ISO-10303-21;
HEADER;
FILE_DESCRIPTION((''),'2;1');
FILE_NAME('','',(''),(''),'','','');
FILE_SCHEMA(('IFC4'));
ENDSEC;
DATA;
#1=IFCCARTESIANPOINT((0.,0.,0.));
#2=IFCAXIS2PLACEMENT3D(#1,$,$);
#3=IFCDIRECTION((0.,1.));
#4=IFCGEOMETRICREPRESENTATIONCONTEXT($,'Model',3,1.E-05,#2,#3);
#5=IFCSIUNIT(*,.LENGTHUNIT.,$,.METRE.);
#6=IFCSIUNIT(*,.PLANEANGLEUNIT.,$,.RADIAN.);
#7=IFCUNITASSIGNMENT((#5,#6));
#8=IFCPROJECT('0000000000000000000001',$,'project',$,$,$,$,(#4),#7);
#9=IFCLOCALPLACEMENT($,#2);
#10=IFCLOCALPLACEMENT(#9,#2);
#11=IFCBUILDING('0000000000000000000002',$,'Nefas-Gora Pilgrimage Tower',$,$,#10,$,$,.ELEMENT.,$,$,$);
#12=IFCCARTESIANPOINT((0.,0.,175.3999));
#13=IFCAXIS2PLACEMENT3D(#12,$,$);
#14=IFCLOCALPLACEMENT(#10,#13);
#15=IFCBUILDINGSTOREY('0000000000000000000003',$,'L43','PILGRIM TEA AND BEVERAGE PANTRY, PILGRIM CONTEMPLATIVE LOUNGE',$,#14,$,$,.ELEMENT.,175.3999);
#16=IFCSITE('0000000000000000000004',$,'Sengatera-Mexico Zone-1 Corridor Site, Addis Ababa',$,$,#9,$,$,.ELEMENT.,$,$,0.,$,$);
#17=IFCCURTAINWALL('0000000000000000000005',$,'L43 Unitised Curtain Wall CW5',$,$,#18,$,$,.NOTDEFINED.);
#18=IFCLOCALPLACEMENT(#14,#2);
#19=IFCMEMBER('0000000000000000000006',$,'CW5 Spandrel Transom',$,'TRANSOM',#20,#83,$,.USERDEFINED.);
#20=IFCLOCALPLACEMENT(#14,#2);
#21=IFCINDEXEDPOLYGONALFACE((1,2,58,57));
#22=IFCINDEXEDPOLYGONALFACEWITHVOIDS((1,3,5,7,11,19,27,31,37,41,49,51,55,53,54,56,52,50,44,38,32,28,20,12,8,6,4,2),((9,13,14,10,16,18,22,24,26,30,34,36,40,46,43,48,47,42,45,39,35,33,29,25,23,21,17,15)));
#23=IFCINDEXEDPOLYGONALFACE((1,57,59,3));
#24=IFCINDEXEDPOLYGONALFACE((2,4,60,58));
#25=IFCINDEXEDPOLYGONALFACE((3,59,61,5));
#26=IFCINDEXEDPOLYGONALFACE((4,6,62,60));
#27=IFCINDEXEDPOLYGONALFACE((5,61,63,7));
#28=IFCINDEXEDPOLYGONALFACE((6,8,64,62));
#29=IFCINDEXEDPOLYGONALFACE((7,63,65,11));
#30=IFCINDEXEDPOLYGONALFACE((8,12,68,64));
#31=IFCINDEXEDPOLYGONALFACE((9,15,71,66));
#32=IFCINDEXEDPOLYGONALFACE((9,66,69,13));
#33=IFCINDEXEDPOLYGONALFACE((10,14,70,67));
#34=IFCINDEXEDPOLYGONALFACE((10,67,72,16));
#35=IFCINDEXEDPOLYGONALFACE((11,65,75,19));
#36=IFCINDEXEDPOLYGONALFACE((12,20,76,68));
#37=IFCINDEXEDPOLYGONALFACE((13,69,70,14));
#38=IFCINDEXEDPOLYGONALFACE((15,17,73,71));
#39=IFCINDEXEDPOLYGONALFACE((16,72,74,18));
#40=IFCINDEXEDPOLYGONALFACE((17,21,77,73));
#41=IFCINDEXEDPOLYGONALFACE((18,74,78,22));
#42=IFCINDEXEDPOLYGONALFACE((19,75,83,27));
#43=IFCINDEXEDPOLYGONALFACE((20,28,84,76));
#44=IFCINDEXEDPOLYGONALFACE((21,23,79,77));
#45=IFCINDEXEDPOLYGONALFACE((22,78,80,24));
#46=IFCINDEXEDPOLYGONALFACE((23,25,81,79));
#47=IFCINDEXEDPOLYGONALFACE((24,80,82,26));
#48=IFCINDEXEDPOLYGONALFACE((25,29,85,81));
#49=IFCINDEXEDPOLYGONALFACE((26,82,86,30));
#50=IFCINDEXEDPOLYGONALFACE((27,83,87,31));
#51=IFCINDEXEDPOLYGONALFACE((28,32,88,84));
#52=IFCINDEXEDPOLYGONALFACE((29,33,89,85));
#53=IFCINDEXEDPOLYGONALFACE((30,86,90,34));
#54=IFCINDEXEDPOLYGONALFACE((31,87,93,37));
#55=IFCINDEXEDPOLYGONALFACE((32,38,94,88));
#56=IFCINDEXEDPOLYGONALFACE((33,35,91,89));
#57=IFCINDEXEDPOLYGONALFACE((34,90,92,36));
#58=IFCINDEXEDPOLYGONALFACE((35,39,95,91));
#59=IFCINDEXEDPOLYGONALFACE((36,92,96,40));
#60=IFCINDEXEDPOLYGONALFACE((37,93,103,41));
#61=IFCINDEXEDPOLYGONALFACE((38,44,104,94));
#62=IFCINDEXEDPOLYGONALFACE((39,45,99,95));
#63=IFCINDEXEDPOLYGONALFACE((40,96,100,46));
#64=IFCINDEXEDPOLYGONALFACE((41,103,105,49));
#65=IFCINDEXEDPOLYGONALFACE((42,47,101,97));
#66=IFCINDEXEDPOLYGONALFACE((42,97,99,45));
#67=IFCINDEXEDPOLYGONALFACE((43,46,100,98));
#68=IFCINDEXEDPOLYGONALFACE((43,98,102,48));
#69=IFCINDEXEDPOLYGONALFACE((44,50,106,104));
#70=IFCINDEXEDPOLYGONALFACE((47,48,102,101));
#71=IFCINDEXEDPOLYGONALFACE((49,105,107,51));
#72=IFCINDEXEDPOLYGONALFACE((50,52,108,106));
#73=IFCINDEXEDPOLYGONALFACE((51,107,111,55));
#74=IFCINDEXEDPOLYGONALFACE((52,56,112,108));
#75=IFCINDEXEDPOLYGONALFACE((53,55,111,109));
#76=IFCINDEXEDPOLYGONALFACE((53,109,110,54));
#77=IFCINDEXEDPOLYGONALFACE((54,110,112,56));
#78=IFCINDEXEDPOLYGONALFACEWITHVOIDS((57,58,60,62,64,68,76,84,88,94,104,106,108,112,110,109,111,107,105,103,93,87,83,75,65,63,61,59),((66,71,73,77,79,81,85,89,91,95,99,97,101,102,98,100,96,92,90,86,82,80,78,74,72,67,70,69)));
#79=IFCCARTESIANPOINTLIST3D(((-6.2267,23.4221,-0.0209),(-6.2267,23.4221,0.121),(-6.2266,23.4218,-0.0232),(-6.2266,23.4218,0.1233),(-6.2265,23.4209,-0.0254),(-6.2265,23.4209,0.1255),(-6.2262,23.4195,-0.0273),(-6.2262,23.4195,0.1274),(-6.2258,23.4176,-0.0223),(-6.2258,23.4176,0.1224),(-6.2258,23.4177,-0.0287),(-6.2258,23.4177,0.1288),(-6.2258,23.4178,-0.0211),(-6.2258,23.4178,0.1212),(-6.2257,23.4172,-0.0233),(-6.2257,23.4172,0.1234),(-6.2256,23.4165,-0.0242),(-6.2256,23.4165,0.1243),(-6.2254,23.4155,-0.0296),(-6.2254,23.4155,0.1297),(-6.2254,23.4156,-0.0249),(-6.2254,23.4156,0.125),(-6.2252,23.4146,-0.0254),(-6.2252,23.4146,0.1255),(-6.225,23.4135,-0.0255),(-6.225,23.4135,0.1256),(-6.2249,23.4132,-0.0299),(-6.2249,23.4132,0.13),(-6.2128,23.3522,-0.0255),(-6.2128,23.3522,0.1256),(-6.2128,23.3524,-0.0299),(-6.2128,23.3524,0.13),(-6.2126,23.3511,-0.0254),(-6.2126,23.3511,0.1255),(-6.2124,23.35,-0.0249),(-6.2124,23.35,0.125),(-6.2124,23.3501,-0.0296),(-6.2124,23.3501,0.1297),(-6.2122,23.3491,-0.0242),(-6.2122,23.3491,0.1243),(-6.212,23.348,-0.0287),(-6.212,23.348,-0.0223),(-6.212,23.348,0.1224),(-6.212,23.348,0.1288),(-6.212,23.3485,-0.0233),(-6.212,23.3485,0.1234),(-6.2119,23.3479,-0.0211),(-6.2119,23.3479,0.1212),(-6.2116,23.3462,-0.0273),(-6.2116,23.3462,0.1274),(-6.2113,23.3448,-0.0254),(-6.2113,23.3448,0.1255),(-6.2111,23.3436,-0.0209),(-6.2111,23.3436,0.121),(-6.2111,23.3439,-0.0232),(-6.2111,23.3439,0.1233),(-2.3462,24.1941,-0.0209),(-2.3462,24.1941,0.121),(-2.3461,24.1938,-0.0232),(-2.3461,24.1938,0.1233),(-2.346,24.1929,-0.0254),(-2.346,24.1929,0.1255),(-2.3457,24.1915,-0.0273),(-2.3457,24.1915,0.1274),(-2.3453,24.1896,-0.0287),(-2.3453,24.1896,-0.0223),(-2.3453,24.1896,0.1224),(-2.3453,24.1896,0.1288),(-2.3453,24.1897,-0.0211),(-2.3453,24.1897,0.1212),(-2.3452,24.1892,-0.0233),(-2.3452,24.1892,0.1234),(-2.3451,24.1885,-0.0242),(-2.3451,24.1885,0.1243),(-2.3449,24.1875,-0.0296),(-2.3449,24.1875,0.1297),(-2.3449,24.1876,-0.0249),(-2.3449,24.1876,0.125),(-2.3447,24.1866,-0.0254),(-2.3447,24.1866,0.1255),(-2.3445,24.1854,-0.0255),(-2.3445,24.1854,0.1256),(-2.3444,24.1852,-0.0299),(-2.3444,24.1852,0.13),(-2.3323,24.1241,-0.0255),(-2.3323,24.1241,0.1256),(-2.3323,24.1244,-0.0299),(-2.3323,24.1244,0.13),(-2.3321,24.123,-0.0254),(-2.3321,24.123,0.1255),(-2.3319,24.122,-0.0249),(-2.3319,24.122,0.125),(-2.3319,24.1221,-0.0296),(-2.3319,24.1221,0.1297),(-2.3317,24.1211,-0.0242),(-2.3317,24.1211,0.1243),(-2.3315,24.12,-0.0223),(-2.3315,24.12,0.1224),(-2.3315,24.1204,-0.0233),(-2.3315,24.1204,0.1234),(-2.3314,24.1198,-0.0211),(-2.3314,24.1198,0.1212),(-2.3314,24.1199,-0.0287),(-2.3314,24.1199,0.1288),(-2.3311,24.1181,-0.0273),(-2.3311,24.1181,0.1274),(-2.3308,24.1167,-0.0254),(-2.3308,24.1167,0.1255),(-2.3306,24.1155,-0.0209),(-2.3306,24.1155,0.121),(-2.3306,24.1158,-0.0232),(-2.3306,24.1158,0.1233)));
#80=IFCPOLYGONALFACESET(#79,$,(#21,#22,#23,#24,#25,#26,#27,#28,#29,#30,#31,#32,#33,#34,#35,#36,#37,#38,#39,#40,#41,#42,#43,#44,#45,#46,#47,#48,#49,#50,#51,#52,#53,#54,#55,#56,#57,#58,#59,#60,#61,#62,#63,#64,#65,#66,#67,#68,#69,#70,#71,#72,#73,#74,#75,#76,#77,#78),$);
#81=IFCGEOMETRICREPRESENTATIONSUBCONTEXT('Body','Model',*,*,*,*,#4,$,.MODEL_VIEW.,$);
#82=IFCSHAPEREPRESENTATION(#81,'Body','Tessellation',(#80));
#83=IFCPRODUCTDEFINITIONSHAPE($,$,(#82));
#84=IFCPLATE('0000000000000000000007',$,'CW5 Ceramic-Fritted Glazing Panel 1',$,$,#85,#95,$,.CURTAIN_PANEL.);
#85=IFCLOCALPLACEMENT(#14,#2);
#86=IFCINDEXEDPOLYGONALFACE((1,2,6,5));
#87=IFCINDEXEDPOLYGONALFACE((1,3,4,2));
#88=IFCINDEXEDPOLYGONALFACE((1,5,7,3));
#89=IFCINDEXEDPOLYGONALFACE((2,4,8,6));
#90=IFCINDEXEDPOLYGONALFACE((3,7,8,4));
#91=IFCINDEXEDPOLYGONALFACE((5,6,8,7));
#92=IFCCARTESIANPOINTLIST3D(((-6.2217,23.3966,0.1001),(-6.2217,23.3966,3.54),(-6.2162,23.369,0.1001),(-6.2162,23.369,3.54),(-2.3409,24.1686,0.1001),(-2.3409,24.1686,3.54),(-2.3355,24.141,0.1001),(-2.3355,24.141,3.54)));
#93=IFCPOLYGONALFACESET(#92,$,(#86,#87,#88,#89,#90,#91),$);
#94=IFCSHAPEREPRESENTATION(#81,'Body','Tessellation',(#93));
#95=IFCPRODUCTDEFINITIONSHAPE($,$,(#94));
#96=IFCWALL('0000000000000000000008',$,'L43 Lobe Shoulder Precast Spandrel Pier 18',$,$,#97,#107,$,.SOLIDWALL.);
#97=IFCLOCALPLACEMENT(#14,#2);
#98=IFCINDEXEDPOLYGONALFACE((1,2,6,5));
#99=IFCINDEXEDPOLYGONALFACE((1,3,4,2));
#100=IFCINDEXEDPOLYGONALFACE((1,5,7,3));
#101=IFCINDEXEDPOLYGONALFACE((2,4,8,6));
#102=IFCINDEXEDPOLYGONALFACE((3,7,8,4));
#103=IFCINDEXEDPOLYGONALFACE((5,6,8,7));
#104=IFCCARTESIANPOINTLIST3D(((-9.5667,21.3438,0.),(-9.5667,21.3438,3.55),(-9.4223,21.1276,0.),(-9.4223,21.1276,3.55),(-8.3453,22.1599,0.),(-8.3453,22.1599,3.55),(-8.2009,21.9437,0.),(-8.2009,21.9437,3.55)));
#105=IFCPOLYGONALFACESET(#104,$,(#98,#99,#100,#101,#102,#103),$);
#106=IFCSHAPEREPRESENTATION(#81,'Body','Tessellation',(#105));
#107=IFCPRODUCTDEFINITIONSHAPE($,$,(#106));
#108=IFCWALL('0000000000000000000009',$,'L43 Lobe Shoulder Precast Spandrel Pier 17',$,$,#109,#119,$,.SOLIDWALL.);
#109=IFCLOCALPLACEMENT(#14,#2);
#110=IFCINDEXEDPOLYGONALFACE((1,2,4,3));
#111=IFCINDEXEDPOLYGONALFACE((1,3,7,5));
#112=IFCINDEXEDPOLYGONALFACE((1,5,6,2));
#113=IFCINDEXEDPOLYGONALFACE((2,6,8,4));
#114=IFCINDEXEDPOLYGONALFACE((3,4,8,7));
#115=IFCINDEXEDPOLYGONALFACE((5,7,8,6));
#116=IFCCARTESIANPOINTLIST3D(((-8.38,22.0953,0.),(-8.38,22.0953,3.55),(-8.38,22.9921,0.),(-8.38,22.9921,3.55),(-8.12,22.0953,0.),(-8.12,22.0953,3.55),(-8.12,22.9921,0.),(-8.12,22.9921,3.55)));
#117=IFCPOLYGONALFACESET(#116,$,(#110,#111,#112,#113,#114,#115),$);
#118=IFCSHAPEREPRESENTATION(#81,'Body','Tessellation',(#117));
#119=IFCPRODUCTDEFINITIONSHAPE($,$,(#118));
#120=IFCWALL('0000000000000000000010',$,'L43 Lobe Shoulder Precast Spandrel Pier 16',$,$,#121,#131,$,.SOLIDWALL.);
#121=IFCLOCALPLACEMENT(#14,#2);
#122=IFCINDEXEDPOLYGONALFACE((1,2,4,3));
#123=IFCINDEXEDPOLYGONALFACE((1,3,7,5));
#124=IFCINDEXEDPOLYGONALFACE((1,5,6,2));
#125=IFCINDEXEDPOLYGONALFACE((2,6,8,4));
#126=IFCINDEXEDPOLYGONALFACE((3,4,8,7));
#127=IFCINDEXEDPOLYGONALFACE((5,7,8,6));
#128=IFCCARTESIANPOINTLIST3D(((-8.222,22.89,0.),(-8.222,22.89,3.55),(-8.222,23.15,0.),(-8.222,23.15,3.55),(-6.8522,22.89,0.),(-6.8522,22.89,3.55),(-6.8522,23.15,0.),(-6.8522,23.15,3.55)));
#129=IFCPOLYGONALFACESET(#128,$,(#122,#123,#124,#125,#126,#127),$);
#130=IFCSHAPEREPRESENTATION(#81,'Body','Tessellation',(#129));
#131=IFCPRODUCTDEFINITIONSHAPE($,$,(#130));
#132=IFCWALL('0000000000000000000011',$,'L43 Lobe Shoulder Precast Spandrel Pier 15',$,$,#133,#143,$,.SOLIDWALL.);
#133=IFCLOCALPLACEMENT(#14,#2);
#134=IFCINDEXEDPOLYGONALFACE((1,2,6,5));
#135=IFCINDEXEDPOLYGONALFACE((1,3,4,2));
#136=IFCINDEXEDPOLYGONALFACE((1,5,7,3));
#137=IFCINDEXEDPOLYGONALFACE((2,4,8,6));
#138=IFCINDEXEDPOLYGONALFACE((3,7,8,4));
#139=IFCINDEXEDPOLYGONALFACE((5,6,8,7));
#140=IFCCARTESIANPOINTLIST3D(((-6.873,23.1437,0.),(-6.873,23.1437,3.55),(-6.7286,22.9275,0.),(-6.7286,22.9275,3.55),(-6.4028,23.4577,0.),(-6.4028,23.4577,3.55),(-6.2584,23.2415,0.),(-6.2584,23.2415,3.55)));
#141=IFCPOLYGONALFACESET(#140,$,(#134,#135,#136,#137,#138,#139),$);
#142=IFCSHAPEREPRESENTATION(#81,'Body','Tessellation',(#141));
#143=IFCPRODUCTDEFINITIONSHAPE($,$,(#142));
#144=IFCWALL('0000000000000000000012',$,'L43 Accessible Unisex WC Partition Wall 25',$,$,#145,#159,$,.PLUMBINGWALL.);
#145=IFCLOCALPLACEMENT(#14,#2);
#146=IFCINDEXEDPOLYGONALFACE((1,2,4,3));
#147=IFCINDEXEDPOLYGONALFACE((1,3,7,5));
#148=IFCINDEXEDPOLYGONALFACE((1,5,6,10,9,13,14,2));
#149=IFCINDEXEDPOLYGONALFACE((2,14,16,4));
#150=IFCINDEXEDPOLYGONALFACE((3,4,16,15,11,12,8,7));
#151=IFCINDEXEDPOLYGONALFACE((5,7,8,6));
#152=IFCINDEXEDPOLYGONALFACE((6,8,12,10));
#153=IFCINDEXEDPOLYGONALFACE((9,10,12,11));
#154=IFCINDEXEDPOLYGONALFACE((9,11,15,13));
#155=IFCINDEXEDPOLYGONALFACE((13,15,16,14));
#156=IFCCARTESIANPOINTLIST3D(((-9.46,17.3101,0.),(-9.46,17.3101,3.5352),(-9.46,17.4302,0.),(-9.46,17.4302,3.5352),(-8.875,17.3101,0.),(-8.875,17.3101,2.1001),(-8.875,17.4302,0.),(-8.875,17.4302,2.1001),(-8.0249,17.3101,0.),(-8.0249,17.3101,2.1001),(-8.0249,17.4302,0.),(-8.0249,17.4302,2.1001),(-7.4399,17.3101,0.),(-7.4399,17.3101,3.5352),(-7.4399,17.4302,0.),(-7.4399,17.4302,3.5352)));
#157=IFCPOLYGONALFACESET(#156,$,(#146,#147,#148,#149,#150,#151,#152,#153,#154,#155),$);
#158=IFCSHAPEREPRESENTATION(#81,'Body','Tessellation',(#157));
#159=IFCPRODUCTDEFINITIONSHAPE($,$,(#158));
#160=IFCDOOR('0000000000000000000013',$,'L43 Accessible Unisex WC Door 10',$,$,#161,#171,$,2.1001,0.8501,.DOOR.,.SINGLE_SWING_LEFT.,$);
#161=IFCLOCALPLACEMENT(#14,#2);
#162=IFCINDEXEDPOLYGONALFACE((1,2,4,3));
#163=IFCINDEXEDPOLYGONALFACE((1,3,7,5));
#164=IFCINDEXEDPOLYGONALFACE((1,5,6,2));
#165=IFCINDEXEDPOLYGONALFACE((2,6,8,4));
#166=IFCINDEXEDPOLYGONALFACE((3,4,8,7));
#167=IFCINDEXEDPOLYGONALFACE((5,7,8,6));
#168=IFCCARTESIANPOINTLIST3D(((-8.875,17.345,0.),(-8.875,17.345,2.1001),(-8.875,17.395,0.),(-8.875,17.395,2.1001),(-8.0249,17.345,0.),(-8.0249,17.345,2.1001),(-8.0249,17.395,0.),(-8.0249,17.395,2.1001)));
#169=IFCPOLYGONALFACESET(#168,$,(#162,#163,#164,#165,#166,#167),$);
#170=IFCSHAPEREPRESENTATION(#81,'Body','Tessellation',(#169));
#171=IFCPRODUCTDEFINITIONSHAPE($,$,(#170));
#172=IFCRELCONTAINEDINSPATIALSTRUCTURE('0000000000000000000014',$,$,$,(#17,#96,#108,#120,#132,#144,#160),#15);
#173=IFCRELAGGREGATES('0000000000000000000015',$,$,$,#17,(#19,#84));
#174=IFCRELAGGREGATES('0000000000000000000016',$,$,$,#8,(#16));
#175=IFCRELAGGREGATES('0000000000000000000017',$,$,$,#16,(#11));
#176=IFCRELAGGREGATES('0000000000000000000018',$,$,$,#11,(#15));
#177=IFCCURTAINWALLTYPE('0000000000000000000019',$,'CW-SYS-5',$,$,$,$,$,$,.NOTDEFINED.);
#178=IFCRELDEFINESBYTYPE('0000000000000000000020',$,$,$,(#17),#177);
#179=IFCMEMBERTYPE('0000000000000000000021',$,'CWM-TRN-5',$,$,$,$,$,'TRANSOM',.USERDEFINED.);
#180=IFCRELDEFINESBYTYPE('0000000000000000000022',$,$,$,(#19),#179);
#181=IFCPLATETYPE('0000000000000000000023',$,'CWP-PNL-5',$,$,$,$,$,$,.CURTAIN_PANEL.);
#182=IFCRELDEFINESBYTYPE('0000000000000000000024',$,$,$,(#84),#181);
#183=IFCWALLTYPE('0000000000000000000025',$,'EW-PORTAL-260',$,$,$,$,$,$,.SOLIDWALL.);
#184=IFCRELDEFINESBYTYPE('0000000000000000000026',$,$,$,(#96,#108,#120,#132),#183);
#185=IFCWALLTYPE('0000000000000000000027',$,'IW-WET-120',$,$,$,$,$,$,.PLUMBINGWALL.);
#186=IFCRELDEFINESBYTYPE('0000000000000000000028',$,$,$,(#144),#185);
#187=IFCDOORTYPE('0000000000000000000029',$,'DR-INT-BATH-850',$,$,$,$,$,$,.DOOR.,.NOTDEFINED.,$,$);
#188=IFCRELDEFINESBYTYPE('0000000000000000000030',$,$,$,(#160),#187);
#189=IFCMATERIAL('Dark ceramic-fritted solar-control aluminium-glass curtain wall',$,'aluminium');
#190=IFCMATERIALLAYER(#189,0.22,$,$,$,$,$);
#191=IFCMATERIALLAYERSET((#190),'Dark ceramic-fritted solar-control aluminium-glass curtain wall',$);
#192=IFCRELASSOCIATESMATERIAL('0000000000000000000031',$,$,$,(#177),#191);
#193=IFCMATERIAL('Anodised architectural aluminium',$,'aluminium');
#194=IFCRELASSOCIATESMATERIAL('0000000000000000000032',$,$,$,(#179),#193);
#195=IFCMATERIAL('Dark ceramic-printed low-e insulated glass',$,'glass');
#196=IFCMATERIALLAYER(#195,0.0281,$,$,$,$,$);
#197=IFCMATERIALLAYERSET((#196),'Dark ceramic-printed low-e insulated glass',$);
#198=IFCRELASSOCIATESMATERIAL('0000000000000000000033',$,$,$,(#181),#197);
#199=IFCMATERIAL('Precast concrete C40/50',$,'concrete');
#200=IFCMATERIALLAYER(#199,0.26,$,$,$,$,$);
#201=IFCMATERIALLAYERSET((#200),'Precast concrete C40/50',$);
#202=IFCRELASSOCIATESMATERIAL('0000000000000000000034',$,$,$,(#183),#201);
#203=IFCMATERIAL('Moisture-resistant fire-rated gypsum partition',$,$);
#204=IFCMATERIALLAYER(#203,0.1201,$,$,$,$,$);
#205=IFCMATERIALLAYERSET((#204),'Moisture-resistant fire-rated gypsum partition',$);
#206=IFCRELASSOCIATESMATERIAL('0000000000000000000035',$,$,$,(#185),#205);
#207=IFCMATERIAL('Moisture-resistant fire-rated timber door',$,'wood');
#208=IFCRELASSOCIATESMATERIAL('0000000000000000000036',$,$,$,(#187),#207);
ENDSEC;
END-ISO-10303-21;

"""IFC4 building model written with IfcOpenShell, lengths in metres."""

from ifc_helpers import new_model, si_unit, direction, frame, frame_2d, origin, origin_2d, place, context, subcontext, project, spatial, rectangle, hollow_rectangle, extrude, source, transform, mapped, material, layer, layer_set, material_profile, profile_set, type_object, element, fill, aggregate, save


model = new_model("IFC4")

# Units and contexts
model_context = context("Model", 3, precision=1e-05, world=origin(), true_north=direction((0.0, 1.0)))
body_context = subcontext(model_context, "Body", "Model", "MODEL_VIEW")
ifc_project = project(units=[si_unit("LENGTHUNIT", "METRE"), si_unit("PLANEANGLEUNIT", "RADIAN")], contexts=[model_context])

# Site, building, storey
site_placement = place(None, origin())
site = spatial("IfcSite", under=ifc_project, at=site_placement, Name="Sengatera-Mexico Zone-1 Corridor Site, Addis Ababa", CompositionType="ELEMENT", RefElevation=0.0)
building_placement = place(site_placement, origin())
building = spatial("IfcBuilding", under=site, at=building_placement, Name="Nefas-Gora Pilgrimage Tower", CompositionType="ELEMENT")
storey_placement = place(building_placement, frame((0.0, 0.0, 175.3999)))
storey = spatial("IfcBuildingStorey", under=building, at=storey_placement, Name="L43", Description="PILGRIM TEA AND BEVERAGE PANTRY, PILGRIM CONTEMPLATIVE LOUNGE", CompositionType="ELEMENT", Elevation=175.3999)

# Shared definitions
ifc_material_1 = material(Name="Dark ceramic-fritted solar-control aluminium-glass curtain wall", Category="aluminium")
ifc_layer_1 = layer(ifc_material_1, 0.22)
ifc_layer_set_1 = layer_set([ifc_layer_1], Name="Dark ceramic-fritted solar-control aluminium-glass curtain wall")
curtain_wall_type = type_object("IfcCurtainWallType", Name="CW-SYS-5", PredefinedType="NOTDEFINED", material=ifc_layer_set_1)
ifc_material_2 = material(Name="Anodised architectural aluminium", Category="aluminium")

# Curtain wall
curtain_wall_1_placement = place(storey_placement, origin())
curtain_wall_1 = element("IfcCurtainWall", 1, at=curtain_wall_1_placement, inside=storey, type_object=curtain_wall_type, Name="L43 Unitised Curtain Wall CW5", PredefinedType="NOTDEFINED")
ifc_material_profile_1 = material_profile(ifc_material_2, hollow_rectangle(XDim=0.0801, YDim=0.1599, WallThickness=0.0044, InnerFilletRadius=0.0044, OuterFilletRadius=0.009, at=origin_2d()), Name="ALU TRANSOM 80x160")
ifc_profile_set_1 = profile_set([ifc_material_profile_1], Name="Anodised architectural aluminium")
member_type_1 = type_object("IfcMemberType", Name="CWM-TRN-5", ElementType="TRANSOM", PredefinedType="USERDEFINED", material=ifc_profile_set_1)

# Member
shared_shape_1 = source(origin(), body_context, "Body", "SweptSolid", [
    extrude(hollow_rectangle(XDim=0.0801, YDim=0.1599, WallThickness=0.0044, InnerFilletRadius=0.0044, OuterFilletRadius=0.009, at=origin_2d()), origin(), (0.0, 0.0, 1.0), 3.9565),
])
member_1_placement = place(storey_placement, frame((-2.3384, 24.1548, 0.05), z_axis=(-0.980782, -0.195107, 0.0), x_axis=(0.195107, -0.980782, 0.0)))
member_1 = element("IfcMember", 2, at=member_1_placement, type_object=member_type_1, Name="CW5 Spandrel Transom", ObjectType="TRANSOM", PredefinedType="USERDEFINED", context=body_context, shape_type="MappedRepresentation", body=[
    mapped(shared_shape_1, transform((0.0, 0.0, 0.0), x_axis=(1.0, 0.0, 0.0), y_axis=(0.0, 1.0, 0.0), z_axis=(0.0, 0.0, 1.0), scale=1.0)),
])

# Plate
ifc_material_3 = material(Name="Dark ceramic-printed low-e insulated glass", Category="glass")
ifc_layer_2 = layer(ifc_material_3, 0.0281)
ifc_layer_set_2 = layer_set([ifc_layer_2], Name="Dark ceramic-printed low-e insulated glass")
plate_type = type_object("IfcPlateType", Name="CWP-PNL-5", PredefinedType="CURTAIN_PANEL", material=ifc_layer_set_2)
shared_shape_2 = source(origin(), body_context, "Body", "SweptSolid", [
    extrude(rectangle(XDim=3.9568, YDim=0.0281, at=origin_2d()), origin(), (0.0, 0.0, 1.0), 3.4399),
])
plate_placement = place(storey_placement, frame((-4.2786, 23.7688, 0.1001), z_axis=(0.0, 0.0, 1.0), x_axis=(-0.980783, -0.195102, 0.0)))
plate = element("IfcPlate", 3, at=plate_placement, type_object=plate_type, Name="CW5 Ceramic-Fritted Glazing Panel 1", PredefinedType="CURTAIN_PANEL", context=body_context, shape_type="MappedRepresentation", body=[
    mapped(shared_shape_2, transform((0.0, 0.0, 0.0), x_axis=(1.0, 0.0, 0.0), y_axis=(0.0, 1.0, 0.0), z_axis=(0.0, 0.0, 1.0), scale=1.0)),
])
aggregate(curtain_wall_1, [member_1, plate])

# Walls
ifc_material_4 = material(Name="Precast concrete C40/50", Category="concrete")
ifc_layer_3 = layer(ifc_material_4, 0.26)
ifc_layer_set_3 = layer_set([ifc_layer_3], Name="Precast concrete C40/50")
wall_type_1 = type_object("IfcWallType", Name="EW-PORTAL-260", PredefinedType="SOLIDWALL", material=ifc_layer_set_3)
shared_shape_3 = source(origin(), body_context, "Body", "SweptSolid", [
    extrude(rectangle(XDim=1.469, YDim=0.26, at=frame_2d((0.7344, 0.0))), origin(), (0.0, 0.0, 1.0), 3.55),
])
wall_1_placement = place(storey_placement, frame((-8.2732, 22.0518, 0.0), z_axis=(0.0, 0.0, 1.0), x_axis=(-0.831462, -0.555582, 0.0)))
element("IfcWall", 4, at=wall_1_placement, inside=storey, type_object=wall_type_1, Name="L43 Lobe Shoulder Precast Spandrel Pier 18", PredefinedType="SOLIDWALL", context=body_context, shape_type="MappedRepresentation", body=[
    mapped(shared_shape_3, transform((0.0, 0.0, 0.0), x_axis=(1.0, 0.0, 0.0), y_axis=(0.0, 1.0, 0.0), z_axis=(0.0, 0.0, 1.0), scale=1.0)),
])
shared_shape_4 = source(origin(), body_context, "Body", "SweptSolid", [
    extrude(rectangle(XDim=0.8967, YDim=0.26, at=frame_2d((0.4482, 0.0))), origin(), (0.0, 0.0, 1.0), 3.55),
])
wall_2_placement = place(storey_placement, frame((-8.25, 22.9919, 0.0), z_axis=(0.0, 0.0, 1.0), x_axis=(0.0, -1.0, 0.0)))
element("IfcWall", 5, at=wall_2_placement, inside=storey, type_object=wall_type_1, Name="L43 Lobe Shoulder Precast Spandrel Pier 17", PredefinedType="SOLIDWALL", context=body_context, shape_type="MappedRepresentation", body=[
    mapped(shared_shape_4, transform((0.0, 0.0, 0.0), x_axis=(1.0, 0.0, 0.0), y_axis=(0.0, 1.0, 0.0), z_axis=(0.0, 0.0, 1.0), scale=1.0)),
])
shared_shape_5 = source(origin(), body_context, "Body", "SweptSolid", [
    extrude(rectangle(XDim=1.3699, YDim=0.26, at=frame_2d((0.6851, 0.0))), origin(), (0.0, 0.0, 1.0), 3.55),
])
wall_3_placement = place(storey_placement, frame((-6.8521, 23.02, 0.0), z_axis=(0.0, 0.0, 1.0), x_axis=(-1.0, 0.0, 0.0)))
element("IfcWall", 6, at=wall_3_placement, inside=storey, type_object=wall_type_1, Name="L43 Lobe Shoulder Precast Spandrel Pier 16", PredefinedType="SOLIDWALL", context=body_context, shape_type="MappedRepresentation", body=[
    mapped(shared_shape_5, transform((0.0, 0.0, 0.0), x_axis=(1.0, 0.0, 0.0), y_axis=(0.0, 1.0, 0.0), z_axis=(0.0, 0.0, 1.0), scale=1.0)),
])
shared_shape_6 = source(origin(), body_context, "Body", "SweptSolid", [
    extrude(rectangle(XDim=0.5654, YDim=0.26, at=frame_2d((0.2827, 0.0))), origin(), (0.0, 0.0, 1.0), 3.55),
])
wall_4_placement = place(storey_placement, frame((-6.3306, 23.3496, 0.0), z_axis=(0.0, 0.0, 1.0), x_axis=(-0.831651, -0.555298, 0.0)))
element("IfcWall", 7, at=wall_4_placement, inside=storey, type_object=wall_type_1, Name="L43 Lobe Shoulder Precast Spandrel Pier 15", PredefinedType="SOLIDWALL", context=body_context, shape_type="MappedRepresentation", body=[
    mapped(shared_shape_6, transform((0.0, 0.0, 0.0), x_axis=(1.0, 0.0, 0.0), y_axis=(0.0, 1.0, 0.0), z_axis=(0.0, 0.0, 1.0), scale=1.0)),
])

# Wall, opening, door
ifc_material_5 = material(Name="Moisture-resistant fire-rated gypsum partition")
ifc_layer_4 = layer(ifc_material_5, 0.1201)
ifc_layer_set_4 = layer_set([ifc_layer_4], Name="Moisture-resistant fire-rated gypsum partition")
wall_type_2 = type_object("IfcWallType", Name="IW-WET-120", PredefinedType="PLUMBINGWALL", material=ifc_layer_set_4)
shared_shape_7 = source(origin(), body_context, "Body", "SweptSolid", [
    extrude(rectangle(XDim=2.02, YDim=0.1201, at=frame_2d((1.01, 0.0))), origin(), (0.0, 0.0, 1.0), 3.5352),
])
wall_5_placement = place(storey_placement, frame((-9.46, 17.3701, 0.0), z_axis=(0.0, 0.0, 1.0), x_axis=(1.0, 0.0, 0.0)))
wall_5 = element("IfcWall", 8, at=wall_5_placement, inside=storey, type_object=wall_type_2, Name="L43 Accessible Unisex WC Partition Wall 25", PredefinedType="PLUMBINGWALL", context=body_context, shape_type="MappedRepresentation", body=[
    mapped(shared_shape_7, transform((0.0, 0.0, 0.0), x_axis=(1.0, 0.0, 0.0), y_axis=(0.0, 1.0, 0.0), z_axis=(0.0, 0.0, 1.0), scale=1.0)),
])
opening_1_placement = place(wall_5_placement, frame((0.585, 0.0, 0.0)))
opening_1 = element("IfcOpeningElement", 9, at=opening_1_placement, cuts=wall_5, PredefinedType="OPENING", context=body_context, shape_type="SweptSolid", body=[
    extrude(rectangle(XDim=0.8501, YDim=2.1001, at=frame_2d((0.425, 1.05))), frame((0.0, 0.0701, 0.0), z_axis=(0.0, -1.0, 0.0), x_axis=(1.0, 0.0, 0.0)), (0.0, 0.0, 1.0), 0.1401),
])
ifc_material_6 = material(Name="Moisture-resistant fire-rated timber door", Category="wood")
door_type_1 = type_object("IfcDoorType", Name="DR-INT-BATH-850", OperationType="NOTDEFINED", PredefinedType="DOOR", material=ifc_material_6)
shared_shape_8 = source(origin(), body_context, "Body", "SweptSolid", [
    extrude(rectangle(XDim=0.8501, YDim=2.1001, at=frame_2d((0.425, 1.05))), frame((0.0, 0.0249, 0.0), z_axis=(0.0, -1.0, 0.0), x_axis=(1.0, 0.0, 0.0)), (0.0, 0.0, 1.0), 0.05),
])
door_1_placement = place(opening_1_placement, origin())
door_1 = element("IfcDoor", 10, at=door_1_placement, inside=storey, type_object=door_type_1, Name="L43 Accessible Unisex WC Door 10", OperationType="SINGLE_SWING_LEFT", OverallHeight=2.1001, OverallWidth=0.8501, PredefinedType="DOOR", context=body_context, shape_type="MappedRepresentation", body=[
    mapped(shared_shape_8, transform((0.0, 0.0, 0.0), x_axis=(1.0, 0.0, 0.0), y_axis=(0.0, 1.0, 0.0), z_axis=(0.0, 0.0, 1.0), scale=1.0)),
])
fill(opening_1, door_1)

save(model, "model.ifc")
